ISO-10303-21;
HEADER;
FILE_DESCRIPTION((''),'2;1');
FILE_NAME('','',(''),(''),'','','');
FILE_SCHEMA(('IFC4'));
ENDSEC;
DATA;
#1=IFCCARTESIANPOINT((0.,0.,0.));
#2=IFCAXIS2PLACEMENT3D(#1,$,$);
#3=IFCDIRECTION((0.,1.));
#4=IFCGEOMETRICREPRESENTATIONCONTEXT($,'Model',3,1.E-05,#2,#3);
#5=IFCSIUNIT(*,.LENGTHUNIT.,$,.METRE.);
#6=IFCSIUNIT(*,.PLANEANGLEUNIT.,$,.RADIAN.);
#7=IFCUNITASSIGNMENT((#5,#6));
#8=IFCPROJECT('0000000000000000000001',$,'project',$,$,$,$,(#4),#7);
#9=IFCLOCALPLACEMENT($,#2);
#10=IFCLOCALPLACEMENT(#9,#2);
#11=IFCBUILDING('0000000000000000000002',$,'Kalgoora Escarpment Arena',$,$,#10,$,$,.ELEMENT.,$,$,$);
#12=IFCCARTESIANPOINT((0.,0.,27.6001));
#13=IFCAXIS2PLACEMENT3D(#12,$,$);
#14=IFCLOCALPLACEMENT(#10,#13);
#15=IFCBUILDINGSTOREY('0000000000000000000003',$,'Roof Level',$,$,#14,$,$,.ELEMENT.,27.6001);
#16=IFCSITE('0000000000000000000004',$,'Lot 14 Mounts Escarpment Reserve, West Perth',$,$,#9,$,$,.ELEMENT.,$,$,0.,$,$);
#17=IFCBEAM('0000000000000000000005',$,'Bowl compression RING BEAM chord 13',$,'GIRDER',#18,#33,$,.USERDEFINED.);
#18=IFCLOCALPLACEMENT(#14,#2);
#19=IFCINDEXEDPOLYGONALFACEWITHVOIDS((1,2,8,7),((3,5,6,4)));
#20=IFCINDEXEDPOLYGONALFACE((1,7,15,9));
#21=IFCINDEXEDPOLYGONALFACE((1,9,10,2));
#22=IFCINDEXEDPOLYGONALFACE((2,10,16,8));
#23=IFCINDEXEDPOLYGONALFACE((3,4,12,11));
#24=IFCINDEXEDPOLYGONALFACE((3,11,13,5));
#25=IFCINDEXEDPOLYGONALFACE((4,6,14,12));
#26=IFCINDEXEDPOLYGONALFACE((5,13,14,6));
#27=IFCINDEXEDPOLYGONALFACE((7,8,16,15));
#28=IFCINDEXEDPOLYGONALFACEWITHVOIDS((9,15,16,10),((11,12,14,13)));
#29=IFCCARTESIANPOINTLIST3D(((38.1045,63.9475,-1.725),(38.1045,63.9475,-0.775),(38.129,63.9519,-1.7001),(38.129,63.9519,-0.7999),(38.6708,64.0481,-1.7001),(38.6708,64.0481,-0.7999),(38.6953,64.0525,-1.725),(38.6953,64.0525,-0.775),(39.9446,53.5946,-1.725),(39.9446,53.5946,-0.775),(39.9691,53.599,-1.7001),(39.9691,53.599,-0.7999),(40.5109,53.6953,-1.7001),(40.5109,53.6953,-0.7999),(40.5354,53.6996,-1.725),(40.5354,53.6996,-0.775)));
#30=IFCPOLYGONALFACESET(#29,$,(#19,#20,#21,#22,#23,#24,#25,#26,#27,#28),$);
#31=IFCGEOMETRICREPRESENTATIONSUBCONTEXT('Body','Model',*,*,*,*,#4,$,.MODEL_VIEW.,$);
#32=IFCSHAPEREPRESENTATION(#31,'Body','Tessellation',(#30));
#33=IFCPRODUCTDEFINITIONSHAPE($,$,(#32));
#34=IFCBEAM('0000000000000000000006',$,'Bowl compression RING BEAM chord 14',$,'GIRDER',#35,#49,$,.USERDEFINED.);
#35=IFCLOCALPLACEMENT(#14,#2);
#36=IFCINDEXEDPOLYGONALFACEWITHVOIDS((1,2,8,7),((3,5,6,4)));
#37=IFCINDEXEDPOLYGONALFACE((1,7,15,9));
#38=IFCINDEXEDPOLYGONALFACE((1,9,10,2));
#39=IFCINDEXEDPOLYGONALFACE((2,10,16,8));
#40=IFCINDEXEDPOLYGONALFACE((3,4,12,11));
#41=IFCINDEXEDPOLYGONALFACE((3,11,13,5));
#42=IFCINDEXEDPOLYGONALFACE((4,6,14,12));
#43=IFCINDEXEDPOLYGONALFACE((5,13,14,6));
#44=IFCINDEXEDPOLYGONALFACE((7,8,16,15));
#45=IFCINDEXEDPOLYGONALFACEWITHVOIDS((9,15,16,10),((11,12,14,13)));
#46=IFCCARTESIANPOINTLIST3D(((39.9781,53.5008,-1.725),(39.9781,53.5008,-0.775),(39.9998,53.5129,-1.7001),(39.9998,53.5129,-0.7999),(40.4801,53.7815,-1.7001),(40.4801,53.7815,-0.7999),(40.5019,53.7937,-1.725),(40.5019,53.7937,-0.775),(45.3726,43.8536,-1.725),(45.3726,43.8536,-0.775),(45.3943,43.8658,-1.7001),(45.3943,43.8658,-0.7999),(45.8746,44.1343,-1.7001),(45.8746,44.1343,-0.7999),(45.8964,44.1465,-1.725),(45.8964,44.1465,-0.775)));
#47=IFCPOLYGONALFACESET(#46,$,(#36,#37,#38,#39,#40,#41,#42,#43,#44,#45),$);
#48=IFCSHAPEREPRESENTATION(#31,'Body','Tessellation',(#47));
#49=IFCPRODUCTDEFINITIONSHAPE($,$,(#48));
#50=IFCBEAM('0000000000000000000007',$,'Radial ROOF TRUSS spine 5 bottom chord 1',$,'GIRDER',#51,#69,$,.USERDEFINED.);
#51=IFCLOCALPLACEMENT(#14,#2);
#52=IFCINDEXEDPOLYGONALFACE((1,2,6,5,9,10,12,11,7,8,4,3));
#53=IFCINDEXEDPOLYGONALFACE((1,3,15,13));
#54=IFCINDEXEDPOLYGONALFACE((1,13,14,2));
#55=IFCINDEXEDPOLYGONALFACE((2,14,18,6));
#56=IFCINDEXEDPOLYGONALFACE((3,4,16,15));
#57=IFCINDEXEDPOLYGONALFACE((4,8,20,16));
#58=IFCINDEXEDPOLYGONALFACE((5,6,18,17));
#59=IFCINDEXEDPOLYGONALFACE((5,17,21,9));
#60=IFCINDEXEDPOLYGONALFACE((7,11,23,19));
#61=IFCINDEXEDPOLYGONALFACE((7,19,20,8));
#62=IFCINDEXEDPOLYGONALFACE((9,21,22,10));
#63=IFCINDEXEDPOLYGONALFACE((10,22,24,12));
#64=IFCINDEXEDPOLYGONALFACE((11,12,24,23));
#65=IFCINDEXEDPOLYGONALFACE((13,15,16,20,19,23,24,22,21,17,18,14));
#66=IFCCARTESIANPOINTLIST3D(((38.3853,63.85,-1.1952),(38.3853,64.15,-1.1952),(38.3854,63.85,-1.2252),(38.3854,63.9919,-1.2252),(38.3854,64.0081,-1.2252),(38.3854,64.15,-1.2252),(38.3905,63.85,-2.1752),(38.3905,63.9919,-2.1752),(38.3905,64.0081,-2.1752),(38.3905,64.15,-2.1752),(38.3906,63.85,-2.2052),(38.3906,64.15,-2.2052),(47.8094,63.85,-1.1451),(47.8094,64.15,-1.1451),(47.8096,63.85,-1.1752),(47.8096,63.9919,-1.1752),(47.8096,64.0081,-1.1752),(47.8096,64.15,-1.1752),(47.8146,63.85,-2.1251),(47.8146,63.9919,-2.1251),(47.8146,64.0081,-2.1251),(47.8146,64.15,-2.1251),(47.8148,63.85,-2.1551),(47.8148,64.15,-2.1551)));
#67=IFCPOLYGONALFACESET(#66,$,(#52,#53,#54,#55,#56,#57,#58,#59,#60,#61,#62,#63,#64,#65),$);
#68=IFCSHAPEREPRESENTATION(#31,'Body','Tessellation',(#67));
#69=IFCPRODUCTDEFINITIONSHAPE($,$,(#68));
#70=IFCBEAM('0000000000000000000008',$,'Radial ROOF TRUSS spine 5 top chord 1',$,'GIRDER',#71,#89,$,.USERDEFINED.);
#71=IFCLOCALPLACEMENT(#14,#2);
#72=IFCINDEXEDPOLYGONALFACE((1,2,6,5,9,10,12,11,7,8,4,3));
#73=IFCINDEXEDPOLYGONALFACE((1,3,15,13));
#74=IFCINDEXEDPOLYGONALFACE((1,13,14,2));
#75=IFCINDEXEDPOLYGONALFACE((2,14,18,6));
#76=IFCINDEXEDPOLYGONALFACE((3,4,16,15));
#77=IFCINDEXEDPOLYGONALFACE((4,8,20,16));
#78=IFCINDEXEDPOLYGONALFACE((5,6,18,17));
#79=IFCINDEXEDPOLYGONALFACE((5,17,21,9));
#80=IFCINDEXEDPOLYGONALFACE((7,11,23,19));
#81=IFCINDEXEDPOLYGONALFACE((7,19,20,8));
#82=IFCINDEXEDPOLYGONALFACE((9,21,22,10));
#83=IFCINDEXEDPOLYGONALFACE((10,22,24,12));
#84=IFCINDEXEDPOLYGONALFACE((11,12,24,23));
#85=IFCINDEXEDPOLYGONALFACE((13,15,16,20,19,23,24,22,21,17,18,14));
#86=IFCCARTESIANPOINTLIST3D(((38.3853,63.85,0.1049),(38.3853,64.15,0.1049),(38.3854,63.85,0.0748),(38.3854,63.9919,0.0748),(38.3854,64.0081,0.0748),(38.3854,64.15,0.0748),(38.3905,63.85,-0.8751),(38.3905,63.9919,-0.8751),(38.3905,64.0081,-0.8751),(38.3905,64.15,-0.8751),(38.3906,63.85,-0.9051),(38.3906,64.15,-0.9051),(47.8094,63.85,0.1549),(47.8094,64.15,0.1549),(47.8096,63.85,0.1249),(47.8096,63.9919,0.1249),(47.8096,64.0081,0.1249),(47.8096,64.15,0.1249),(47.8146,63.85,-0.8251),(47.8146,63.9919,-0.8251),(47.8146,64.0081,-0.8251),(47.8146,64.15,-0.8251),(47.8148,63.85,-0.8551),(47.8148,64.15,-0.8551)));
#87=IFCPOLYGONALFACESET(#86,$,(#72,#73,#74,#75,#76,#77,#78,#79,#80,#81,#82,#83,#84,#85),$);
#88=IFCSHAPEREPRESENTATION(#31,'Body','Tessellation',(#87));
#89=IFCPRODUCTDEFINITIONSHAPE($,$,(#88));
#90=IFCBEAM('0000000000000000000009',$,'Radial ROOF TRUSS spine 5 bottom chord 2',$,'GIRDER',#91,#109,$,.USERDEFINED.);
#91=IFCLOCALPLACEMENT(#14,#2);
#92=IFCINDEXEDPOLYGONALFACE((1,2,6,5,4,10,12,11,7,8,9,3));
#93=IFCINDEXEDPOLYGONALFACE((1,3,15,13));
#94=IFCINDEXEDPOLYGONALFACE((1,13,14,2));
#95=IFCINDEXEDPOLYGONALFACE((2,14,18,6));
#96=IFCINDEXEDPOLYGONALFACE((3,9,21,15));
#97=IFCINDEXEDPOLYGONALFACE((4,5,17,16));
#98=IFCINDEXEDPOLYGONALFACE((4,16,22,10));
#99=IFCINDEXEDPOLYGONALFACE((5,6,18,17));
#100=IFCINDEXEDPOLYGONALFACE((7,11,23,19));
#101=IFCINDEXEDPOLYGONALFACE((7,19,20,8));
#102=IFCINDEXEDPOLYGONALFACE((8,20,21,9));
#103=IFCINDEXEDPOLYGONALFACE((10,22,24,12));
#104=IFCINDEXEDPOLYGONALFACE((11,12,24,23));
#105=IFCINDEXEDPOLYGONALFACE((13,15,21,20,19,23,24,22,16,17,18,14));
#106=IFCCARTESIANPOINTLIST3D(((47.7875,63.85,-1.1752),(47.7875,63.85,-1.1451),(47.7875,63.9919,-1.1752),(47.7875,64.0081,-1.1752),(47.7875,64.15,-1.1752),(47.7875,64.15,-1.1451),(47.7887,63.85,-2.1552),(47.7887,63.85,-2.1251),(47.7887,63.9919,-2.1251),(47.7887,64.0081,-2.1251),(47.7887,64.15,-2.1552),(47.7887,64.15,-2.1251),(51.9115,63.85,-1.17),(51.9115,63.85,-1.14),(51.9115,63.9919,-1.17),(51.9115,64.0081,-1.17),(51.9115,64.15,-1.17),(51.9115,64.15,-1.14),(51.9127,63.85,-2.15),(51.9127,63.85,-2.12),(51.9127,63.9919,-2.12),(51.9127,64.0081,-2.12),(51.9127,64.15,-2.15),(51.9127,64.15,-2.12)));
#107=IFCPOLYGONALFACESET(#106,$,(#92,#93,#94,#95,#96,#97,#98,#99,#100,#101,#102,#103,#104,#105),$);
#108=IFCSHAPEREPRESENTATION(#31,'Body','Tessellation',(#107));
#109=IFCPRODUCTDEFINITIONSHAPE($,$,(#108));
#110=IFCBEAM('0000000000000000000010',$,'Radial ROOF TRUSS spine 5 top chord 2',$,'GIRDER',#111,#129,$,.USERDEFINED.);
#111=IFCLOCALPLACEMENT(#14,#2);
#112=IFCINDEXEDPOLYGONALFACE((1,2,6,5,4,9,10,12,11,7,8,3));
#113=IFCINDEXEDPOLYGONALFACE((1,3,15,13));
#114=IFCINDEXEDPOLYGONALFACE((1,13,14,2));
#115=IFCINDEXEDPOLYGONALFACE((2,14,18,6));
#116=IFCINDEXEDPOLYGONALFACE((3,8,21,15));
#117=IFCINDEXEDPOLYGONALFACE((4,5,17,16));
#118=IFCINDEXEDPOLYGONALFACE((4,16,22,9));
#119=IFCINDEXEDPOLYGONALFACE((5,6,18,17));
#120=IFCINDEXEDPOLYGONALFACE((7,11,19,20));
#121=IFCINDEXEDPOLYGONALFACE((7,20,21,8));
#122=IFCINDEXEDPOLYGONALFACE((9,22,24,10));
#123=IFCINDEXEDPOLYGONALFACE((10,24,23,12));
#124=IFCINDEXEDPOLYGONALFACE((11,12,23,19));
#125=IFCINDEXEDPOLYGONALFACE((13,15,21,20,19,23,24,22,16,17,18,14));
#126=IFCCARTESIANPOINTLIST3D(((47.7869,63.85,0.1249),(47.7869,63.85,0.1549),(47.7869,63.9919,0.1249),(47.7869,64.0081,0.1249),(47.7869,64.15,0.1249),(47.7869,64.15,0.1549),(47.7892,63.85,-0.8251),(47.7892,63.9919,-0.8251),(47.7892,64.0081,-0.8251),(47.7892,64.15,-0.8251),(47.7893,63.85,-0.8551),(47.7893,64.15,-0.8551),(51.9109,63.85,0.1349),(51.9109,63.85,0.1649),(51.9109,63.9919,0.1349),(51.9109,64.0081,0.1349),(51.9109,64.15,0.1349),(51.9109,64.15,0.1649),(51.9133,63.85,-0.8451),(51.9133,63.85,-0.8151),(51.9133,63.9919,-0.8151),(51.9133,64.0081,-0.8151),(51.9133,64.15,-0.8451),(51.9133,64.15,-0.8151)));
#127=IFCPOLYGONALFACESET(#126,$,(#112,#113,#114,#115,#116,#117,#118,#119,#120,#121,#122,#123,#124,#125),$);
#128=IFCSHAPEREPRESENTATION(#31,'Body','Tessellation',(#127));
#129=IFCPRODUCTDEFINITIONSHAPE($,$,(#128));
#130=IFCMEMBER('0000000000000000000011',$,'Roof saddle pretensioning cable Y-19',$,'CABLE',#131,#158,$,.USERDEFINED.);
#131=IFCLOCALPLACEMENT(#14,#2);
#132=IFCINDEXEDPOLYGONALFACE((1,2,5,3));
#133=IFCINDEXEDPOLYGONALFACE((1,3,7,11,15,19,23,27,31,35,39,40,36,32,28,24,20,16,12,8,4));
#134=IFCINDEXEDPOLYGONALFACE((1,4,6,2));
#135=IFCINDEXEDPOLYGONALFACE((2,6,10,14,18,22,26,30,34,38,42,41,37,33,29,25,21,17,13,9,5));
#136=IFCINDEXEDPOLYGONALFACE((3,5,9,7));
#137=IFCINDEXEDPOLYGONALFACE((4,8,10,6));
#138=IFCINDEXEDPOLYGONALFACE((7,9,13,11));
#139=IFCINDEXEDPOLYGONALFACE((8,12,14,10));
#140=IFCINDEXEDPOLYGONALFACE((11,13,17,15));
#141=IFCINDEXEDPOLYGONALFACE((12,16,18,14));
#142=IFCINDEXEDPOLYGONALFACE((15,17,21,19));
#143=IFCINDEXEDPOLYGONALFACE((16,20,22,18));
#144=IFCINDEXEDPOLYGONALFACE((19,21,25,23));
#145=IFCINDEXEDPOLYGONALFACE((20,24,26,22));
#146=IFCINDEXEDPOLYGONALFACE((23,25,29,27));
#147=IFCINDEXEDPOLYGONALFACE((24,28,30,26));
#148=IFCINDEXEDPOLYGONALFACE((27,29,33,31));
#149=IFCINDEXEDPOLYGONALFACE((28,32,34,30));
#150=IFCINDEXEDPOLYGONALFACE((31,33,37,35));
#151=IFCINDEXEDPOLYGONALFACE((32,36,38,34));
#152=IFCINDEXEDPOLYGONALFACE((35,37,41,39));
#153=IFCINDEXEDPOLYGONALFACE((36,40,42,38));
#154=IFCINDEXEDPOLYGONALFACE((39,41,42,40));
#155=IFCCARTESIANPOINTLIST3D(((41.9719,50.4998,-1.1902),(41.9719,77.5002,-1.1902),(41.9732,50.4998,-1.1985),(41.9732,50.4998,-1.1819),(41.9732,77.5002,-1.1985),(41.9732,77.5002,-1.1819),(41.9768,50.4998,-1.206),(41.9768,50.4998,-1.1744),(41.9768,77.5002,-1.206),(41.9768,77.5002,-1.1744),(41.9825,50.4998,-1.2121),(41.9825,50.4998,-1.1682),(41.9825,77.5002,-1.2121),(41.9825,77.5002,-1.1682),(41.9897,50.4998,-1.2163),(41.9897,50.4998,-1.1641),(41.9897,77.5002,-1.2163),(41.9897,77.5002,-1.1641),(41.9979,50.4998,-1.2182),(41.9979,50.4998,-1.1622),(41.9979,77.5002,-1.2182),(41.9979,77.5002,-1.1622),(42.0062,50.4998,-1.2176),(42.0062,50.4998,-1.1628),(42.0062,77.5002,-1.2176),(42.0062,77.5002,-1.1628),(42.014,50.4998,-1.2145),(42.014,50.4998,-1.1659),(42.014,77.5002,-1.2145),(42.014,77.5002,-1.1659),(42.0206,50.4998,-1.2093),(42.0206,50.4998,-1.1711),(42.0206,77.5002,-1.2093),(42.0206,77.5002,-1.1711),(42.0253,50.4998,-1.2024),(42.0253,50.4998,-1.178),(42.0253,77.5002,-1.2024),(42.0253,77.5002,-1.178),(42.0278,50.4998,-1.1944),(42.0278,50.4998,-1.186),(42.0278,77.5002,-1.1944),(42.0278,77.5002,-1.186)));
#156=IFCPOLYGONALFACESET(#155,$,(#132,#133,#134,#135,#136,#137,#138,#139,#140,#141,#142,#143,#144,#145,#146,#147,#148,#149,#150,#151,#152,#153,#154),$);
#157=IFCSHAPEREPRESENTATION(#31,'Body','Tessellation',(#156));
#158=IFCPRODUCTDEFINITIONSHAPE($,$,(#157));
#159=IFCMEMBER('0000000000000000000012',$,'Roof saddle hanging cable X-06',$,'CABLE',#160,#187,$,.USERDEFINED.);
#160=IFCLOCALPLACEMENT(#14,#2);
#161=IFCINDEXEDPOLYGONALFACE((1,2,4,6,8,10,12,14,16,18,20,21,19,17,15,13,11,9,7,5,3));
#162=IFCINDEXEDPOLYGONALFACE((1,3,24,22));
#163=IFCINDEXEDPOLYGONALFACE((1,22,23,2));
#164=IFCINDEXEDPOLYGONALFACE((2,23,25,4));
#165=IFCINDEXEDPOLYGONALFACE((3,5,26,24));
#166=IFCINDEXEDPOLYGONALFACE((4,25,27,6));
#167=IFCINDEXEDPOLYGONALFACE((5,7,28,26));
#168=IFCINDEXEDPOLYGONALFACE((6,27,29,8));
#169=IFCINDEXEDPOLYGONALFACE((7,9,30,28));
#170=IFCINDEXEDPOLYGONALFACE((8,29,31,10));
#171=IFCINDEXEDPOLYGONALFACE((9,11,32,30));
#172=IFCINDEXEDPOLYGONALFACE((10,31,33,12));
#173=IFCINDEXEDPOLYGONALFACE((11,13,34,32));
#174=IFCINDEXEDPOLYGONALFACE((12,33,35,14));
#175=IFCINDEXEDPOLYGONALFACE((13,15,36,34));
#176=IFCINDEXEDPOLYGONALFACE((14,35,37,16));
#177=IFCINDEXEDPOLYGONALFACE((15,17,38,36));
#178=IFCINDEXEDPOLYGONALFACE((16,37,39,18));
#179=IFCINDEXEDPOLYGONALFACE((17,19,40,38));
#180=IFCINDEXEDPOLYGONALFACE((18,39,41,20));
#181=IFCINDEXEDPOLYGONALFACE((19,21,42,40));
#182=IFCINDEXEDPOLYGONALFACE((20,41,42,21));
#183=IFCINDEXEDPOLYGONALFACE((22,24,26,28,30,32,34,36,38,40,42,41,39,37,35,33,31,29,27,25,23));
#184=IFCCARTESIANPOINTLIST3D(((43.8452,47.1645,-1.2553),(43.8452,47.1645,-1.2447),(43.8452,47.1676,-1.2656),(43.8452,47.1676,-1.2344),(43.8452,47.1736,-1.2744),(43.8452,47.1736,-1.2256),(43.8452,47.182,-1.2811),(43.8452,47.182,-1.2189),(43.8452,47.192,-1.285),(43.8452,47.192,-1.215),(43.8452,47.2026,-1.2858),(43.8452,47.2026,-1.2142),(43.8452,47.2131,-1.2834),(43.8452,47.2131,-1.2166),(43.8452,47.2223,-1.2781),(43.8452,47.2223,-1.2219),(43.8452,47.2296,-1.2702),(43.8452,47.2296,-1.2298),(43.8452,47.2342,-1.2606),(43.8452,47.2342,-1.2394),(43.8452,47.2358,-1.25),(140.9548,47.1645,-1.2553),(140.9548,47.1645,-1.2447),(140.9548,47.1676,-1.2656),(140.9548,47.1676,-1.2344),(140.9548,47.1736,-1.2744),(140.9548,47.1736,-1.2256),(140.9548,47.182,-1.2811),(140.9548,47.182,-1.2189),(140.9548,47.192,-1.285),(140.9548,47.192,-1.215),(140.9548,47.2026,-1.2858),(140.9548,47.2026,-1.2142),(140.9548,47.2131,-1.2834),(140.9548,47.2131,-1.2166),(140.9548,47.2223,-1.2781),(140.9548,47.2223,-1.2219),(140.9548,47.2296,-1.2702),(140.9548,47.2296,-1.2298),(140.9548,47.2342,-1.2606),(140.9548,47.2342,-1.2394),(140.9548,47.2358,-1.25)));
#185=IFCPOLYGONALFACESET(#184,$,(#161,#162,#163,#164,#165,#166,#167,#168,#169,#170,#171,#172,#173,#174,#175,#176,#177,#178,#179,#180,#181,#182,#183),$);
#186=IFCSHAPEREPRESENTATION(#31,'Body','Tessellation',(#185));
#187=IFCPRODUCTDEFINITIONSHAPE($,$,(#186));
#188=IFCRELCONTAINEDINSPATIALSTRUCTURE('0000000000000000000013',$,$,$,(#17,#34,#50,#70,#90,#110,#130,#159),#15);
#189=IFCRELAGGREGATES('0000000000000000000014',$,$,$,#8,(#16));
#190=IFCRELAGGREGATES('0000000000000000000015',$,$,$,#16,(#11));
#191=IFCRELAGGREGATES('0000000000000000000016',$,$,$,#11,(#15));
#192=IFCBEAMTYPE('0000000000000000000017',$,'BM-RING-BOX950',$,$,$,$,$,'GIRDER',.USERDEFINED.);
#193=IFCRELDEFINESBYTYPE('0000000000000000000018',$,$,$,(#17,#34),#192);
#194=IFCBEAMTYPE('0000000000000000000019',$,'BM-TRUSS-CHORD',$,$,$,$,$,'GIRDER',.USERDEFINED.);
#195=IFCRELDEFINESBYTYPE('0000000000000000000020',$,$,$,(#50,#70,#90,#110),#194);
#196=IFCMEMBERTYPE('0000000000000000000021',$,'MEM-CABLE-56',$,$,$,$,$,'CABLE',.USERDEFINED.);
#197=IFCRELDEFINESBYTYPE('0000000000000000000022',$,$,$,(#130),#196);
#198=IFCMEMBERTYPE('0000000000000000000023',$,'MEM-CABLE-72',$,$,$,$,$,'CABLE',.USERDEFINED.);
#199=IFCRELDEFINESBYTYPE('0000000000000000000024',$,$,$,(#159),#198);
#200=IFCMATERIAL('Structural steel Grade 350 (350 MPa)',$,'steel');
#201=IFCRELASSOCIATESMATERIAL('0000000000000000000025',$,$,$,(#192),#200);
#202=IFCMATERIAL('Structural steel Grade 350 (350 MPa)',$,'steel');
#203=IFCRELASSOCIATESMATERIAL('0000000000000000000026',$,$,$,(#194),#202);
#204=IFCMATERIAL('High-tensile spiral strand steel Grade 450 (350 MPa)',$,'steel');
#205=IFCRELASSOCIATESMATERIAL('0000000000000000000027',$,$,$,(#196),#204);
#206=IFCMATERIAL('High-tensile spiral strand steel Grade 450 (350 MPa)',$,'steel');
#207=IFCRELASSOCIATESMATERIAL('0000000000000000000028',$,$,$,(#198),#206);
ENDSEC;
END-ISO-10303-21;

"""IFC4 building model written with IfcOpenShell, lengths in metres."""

from ifc_helpers import new_model, si_unit, direction, frame, origin, origin_2d, place, context, subcontext, project, spatial, hollow_rectangle, circle, i_section, extrude, material, material_profile, profile_set, type_object, element, save


model = new_model("IFC4")

# Units and contexts
model_context = context("Model", 3, precision=1e-05, world=origin(), true_north=direction((0.0, 1.0)))
body_context = subcontext(model_context, "Body", "Model", "MODEL_VIEW")
ifc_project = project(units=[si_unit("LENGTHUNIT", "METRE"), si_unit("PLANEANGLEUNIT", "RADIAN")], contexts=[model_context])

# Site, building, storey
site_placement = place(None, origin())
site = spatial("IfcSite", under=ifc_project, at=site_placement, Name="Lot 14 Mounts Escarpment Reserve, West Perth", CompositionType="ELEMENT", RefElevation=0.0)
building_placement = place(site_placement, origin())
building = spatial("IfcBuilding", under=site, at=building_placement, Name="Kalgoora Escarpment Arena", CompositionType="ELEMENT")
storey_placement = place(building_placement, frame((0.0, 0.0, 27.6001)))
storey = spatial("IfcBuildingStorey", under=building, at=storey_placement, Name="Roof Level", CompositionType="ELEMENT", Elevation=27.6001)

# Beams
ifc_material_1 = material(Name="Structural steel Grade 350 (350 MPa)", Category="steel")
ifc_material_profile_1 = material_profile(ifc_material_1, hollow_rectangle(XDim=0.6001, YDim=0.95, WallThickness=0.0249, at=origin_2d()))
ifc_profile_set_1 = profile_set([ifc_material_profile_1], Name="Structural steel Grade 350 (350 MPa)")
beam_type_1 = type_object("IfcBeamType", Name="BM-RING-BOX950", ElementType="GIRDER", PredefinedType="USERDEFINED", material=ifc_profile_set_1)
beam_1_placement = place(storey_placement, frame((38.3999, 64.0, -1.25), z_axis=(0.174996, -0.984569, 0.0), x_axis=(0.984569, 0.174996, 0.0)))
element("IfcBeam", 1, at=beam_1_placement, inside=storey, type_object=beam_type_1, Name="Bowl compression RING BEAM chord 13", ObjectType="GIRDER", PredefinedType="USERDEFINED", context=body_context, shape_type="SweptSolid", body=[
    extrude(hollow_rectangle(XDim=0.6001, YDim=0.95, WallThickness=0.0249, at=origin_2d()), origin(), (0.0, 0.0, 1.0), 10.5151),
])
beam_2_placement = place(storey_placement, frame((40.24, 53.6472, -1.25), z_axis=(0.488058, -0.872811, 0.0), x_axis=(0.872811, 0.488058, 0.0)))
element("IfcBeam", 2, at=beam_2_placement, inside=storey, type_object=beam_type_1, Name="Bowl compression RING BEAM chord 14", ObjectType="GIRDER", PredefinedType="USERDEFINED", context=body_context, shape_type="SweptSolid", body=[
    extrude(hollow_rectangle(XDim=0.6001, YDim=0.95, WallThickness=0.0249, at=origin_2d()), origin(), (0.0, 0.0, 1.0), 11.053),
])
ifc_material_2 = material(Name="Structural steel Grade 350 (350 MPa)", Category="steel")
ifc_material_profile_2 = material_profile(ifc_material_2, i_section(OverallWidth=0.3, OverallDepth=1.01, WebThickness=0.0161, FlangeThickness=0.03, at=origin_2d()))
ifc_profile_set_2 = profile_set([ifc_material_profile_2], Name="Structural steel Grade 350 (350 MPa)")
beam_type_2 = type_object("IfcBeamType", Name="BM-TRUSS-CHORD", ElementType="GIRDER", PredefinedType="USERDEFINED", material=ifc_profile_set_2)
for number, where, z_axis, x_axis, name in (
    (3, (38.3879, 64.0, -1.7002), (0.999986, 0.0, 0.005311), (0.0, 1.0, 0.0), "Radial ROOF TRUSS spine 5 bottom chord 1"),
    (4, (38.3879, 64.0, -0.4001), (0.999986, 0.0, 0.005311), (0.0, 1.0, 0.0), "Radial ROOF TRUSS spine 5 top chord 1"),
):
    element("IfcBeam", number, at=place(storey_placement, frame(where, z_axis=z_axis, x_axis=x_axis)), inside=storey, type_object=beam_type_2, Name=name, ObjectType="GIRDER", PredefinedType="USERDEFINED", context=body_context, shape_type="SweptSolid", body=[
        extrude(i_section(OverallWidth=0.3, OverallDepth=1.01, WebThickness=0.0161, FlangeThickness=0.03, at=origin_2d()), origin(), (0.0, 0.0, 1.0), 9.4243),
    ])
for number, where, z_axis, x_axis, name in (
    (5, (47.7881, 64.0, -1.6501), (0.999999, 0.0, 0.001243), (0.0, 1.0, 0.0), "Radial ROOF TRUSS spine 5 bottom chord 2"),
    (6, (47.7881, 64.0, -0.3501), (0.999997, 0.0, 0.002427), (0.0, 1.0, 0.0), "Radial ROOF TRUSS spine 5 top chord 2"),
):
    element("IfcBeam", number, at=place(storey_placement, frame(where, z_axis=z_axis, x_axis=x_axis)), inside=storey, type_object=beam_type_2, Name=name, ObjectType="GIRDER", PredefinedType="USERDEFINED", context=body_context, shape_type="SweptSolid", body=[
        extrude(i_section(OverallWidth=0.3, OverallDepth=1.01, WebThickness=0.0161, FlangeThickness=0.03, at=origin_2d()), origin(), (0.0, 0.0, 1.0), 4.124),
    ])

# Members
ifc_material_3 = material(Name="High-tensile spiral strand steel Grade 450 (350 MPa)", Category="steel")
ifc_material_profile_3 = material_profile(ifc_material_3, circle(Radius=0.0281, at=origin_2d()))
ifc_profile_set_3 = profile_set([ifc_material_profile_3], Name="High-tensile spiral strand steel Grade 450 (350 MPa)")
member_type_1 = type_object("IfcMemberType", Name="MEM-CABLE-56", ElementType="CABLE", PredefinedType="USERDEFINED", material=ifc_profile_set_3)
member_1_placement = place(storey_placement, frame((42.0, 50.4998, -1.1902), z_axis=(0.0, 1.0, 0.0), x_axis=(-1.0, 0.0, 0.0)))
element("IfcMember", 7, at=member_1_placement, inside=storey, type_object=member_type_1, Name="Roof saddle pretensioning cable Y-19", ObjectType="CABLE", PredefinedType="USERDEFINED", context=body_context, shape_type="SweptSolid", body=[
    extrude(circle(Radius=0.0281, at=origin_2d()), origin(), (0.0, 0.0, 1.0), 27.0005),
])
ifc_material_4 = material(Name="High-tensile spiral strand steel Grade 450 (350 MPa)", Category="steel")
ifc_material_profile_4 = material_profile(ifc_material_4, circle(Radius=0.0359, at=origin_2d()))
ifc_profile_set_4 = profile_set([ifc_material_profile_4], Name="High-tensile spiral strand steel Grade 450 (350 MPa)")
member_type_2 = type_object("IfcMemberType", Name="MEM-CABLE-72", ElementType="CABLE", PredefinedType="USERDEFINED", material=ifc_profile_set_4)
member_2_placement = place(storey_placement, frame((43.8452, 47.2, -1.25), z_axis=(1.0, 0.0, 0.0), x_axis=(0.0, 1.0, 0.0)))
element("IfcMember", 8, at=member_2_placement, inside=storey, type_object=member_type_2, Name="Roof saddle hanging cable X-06", ObjectType="CABLE", PredefinedType="USERDEFINED", context=body_context, shape_type="SweptSolid", body=[
    extrude(circle(Radius=0.0359, at=origin_2d()), origin(), (0.0, 0.0, 1.0), 97.1096),
])

save(model, "model.ifc")
